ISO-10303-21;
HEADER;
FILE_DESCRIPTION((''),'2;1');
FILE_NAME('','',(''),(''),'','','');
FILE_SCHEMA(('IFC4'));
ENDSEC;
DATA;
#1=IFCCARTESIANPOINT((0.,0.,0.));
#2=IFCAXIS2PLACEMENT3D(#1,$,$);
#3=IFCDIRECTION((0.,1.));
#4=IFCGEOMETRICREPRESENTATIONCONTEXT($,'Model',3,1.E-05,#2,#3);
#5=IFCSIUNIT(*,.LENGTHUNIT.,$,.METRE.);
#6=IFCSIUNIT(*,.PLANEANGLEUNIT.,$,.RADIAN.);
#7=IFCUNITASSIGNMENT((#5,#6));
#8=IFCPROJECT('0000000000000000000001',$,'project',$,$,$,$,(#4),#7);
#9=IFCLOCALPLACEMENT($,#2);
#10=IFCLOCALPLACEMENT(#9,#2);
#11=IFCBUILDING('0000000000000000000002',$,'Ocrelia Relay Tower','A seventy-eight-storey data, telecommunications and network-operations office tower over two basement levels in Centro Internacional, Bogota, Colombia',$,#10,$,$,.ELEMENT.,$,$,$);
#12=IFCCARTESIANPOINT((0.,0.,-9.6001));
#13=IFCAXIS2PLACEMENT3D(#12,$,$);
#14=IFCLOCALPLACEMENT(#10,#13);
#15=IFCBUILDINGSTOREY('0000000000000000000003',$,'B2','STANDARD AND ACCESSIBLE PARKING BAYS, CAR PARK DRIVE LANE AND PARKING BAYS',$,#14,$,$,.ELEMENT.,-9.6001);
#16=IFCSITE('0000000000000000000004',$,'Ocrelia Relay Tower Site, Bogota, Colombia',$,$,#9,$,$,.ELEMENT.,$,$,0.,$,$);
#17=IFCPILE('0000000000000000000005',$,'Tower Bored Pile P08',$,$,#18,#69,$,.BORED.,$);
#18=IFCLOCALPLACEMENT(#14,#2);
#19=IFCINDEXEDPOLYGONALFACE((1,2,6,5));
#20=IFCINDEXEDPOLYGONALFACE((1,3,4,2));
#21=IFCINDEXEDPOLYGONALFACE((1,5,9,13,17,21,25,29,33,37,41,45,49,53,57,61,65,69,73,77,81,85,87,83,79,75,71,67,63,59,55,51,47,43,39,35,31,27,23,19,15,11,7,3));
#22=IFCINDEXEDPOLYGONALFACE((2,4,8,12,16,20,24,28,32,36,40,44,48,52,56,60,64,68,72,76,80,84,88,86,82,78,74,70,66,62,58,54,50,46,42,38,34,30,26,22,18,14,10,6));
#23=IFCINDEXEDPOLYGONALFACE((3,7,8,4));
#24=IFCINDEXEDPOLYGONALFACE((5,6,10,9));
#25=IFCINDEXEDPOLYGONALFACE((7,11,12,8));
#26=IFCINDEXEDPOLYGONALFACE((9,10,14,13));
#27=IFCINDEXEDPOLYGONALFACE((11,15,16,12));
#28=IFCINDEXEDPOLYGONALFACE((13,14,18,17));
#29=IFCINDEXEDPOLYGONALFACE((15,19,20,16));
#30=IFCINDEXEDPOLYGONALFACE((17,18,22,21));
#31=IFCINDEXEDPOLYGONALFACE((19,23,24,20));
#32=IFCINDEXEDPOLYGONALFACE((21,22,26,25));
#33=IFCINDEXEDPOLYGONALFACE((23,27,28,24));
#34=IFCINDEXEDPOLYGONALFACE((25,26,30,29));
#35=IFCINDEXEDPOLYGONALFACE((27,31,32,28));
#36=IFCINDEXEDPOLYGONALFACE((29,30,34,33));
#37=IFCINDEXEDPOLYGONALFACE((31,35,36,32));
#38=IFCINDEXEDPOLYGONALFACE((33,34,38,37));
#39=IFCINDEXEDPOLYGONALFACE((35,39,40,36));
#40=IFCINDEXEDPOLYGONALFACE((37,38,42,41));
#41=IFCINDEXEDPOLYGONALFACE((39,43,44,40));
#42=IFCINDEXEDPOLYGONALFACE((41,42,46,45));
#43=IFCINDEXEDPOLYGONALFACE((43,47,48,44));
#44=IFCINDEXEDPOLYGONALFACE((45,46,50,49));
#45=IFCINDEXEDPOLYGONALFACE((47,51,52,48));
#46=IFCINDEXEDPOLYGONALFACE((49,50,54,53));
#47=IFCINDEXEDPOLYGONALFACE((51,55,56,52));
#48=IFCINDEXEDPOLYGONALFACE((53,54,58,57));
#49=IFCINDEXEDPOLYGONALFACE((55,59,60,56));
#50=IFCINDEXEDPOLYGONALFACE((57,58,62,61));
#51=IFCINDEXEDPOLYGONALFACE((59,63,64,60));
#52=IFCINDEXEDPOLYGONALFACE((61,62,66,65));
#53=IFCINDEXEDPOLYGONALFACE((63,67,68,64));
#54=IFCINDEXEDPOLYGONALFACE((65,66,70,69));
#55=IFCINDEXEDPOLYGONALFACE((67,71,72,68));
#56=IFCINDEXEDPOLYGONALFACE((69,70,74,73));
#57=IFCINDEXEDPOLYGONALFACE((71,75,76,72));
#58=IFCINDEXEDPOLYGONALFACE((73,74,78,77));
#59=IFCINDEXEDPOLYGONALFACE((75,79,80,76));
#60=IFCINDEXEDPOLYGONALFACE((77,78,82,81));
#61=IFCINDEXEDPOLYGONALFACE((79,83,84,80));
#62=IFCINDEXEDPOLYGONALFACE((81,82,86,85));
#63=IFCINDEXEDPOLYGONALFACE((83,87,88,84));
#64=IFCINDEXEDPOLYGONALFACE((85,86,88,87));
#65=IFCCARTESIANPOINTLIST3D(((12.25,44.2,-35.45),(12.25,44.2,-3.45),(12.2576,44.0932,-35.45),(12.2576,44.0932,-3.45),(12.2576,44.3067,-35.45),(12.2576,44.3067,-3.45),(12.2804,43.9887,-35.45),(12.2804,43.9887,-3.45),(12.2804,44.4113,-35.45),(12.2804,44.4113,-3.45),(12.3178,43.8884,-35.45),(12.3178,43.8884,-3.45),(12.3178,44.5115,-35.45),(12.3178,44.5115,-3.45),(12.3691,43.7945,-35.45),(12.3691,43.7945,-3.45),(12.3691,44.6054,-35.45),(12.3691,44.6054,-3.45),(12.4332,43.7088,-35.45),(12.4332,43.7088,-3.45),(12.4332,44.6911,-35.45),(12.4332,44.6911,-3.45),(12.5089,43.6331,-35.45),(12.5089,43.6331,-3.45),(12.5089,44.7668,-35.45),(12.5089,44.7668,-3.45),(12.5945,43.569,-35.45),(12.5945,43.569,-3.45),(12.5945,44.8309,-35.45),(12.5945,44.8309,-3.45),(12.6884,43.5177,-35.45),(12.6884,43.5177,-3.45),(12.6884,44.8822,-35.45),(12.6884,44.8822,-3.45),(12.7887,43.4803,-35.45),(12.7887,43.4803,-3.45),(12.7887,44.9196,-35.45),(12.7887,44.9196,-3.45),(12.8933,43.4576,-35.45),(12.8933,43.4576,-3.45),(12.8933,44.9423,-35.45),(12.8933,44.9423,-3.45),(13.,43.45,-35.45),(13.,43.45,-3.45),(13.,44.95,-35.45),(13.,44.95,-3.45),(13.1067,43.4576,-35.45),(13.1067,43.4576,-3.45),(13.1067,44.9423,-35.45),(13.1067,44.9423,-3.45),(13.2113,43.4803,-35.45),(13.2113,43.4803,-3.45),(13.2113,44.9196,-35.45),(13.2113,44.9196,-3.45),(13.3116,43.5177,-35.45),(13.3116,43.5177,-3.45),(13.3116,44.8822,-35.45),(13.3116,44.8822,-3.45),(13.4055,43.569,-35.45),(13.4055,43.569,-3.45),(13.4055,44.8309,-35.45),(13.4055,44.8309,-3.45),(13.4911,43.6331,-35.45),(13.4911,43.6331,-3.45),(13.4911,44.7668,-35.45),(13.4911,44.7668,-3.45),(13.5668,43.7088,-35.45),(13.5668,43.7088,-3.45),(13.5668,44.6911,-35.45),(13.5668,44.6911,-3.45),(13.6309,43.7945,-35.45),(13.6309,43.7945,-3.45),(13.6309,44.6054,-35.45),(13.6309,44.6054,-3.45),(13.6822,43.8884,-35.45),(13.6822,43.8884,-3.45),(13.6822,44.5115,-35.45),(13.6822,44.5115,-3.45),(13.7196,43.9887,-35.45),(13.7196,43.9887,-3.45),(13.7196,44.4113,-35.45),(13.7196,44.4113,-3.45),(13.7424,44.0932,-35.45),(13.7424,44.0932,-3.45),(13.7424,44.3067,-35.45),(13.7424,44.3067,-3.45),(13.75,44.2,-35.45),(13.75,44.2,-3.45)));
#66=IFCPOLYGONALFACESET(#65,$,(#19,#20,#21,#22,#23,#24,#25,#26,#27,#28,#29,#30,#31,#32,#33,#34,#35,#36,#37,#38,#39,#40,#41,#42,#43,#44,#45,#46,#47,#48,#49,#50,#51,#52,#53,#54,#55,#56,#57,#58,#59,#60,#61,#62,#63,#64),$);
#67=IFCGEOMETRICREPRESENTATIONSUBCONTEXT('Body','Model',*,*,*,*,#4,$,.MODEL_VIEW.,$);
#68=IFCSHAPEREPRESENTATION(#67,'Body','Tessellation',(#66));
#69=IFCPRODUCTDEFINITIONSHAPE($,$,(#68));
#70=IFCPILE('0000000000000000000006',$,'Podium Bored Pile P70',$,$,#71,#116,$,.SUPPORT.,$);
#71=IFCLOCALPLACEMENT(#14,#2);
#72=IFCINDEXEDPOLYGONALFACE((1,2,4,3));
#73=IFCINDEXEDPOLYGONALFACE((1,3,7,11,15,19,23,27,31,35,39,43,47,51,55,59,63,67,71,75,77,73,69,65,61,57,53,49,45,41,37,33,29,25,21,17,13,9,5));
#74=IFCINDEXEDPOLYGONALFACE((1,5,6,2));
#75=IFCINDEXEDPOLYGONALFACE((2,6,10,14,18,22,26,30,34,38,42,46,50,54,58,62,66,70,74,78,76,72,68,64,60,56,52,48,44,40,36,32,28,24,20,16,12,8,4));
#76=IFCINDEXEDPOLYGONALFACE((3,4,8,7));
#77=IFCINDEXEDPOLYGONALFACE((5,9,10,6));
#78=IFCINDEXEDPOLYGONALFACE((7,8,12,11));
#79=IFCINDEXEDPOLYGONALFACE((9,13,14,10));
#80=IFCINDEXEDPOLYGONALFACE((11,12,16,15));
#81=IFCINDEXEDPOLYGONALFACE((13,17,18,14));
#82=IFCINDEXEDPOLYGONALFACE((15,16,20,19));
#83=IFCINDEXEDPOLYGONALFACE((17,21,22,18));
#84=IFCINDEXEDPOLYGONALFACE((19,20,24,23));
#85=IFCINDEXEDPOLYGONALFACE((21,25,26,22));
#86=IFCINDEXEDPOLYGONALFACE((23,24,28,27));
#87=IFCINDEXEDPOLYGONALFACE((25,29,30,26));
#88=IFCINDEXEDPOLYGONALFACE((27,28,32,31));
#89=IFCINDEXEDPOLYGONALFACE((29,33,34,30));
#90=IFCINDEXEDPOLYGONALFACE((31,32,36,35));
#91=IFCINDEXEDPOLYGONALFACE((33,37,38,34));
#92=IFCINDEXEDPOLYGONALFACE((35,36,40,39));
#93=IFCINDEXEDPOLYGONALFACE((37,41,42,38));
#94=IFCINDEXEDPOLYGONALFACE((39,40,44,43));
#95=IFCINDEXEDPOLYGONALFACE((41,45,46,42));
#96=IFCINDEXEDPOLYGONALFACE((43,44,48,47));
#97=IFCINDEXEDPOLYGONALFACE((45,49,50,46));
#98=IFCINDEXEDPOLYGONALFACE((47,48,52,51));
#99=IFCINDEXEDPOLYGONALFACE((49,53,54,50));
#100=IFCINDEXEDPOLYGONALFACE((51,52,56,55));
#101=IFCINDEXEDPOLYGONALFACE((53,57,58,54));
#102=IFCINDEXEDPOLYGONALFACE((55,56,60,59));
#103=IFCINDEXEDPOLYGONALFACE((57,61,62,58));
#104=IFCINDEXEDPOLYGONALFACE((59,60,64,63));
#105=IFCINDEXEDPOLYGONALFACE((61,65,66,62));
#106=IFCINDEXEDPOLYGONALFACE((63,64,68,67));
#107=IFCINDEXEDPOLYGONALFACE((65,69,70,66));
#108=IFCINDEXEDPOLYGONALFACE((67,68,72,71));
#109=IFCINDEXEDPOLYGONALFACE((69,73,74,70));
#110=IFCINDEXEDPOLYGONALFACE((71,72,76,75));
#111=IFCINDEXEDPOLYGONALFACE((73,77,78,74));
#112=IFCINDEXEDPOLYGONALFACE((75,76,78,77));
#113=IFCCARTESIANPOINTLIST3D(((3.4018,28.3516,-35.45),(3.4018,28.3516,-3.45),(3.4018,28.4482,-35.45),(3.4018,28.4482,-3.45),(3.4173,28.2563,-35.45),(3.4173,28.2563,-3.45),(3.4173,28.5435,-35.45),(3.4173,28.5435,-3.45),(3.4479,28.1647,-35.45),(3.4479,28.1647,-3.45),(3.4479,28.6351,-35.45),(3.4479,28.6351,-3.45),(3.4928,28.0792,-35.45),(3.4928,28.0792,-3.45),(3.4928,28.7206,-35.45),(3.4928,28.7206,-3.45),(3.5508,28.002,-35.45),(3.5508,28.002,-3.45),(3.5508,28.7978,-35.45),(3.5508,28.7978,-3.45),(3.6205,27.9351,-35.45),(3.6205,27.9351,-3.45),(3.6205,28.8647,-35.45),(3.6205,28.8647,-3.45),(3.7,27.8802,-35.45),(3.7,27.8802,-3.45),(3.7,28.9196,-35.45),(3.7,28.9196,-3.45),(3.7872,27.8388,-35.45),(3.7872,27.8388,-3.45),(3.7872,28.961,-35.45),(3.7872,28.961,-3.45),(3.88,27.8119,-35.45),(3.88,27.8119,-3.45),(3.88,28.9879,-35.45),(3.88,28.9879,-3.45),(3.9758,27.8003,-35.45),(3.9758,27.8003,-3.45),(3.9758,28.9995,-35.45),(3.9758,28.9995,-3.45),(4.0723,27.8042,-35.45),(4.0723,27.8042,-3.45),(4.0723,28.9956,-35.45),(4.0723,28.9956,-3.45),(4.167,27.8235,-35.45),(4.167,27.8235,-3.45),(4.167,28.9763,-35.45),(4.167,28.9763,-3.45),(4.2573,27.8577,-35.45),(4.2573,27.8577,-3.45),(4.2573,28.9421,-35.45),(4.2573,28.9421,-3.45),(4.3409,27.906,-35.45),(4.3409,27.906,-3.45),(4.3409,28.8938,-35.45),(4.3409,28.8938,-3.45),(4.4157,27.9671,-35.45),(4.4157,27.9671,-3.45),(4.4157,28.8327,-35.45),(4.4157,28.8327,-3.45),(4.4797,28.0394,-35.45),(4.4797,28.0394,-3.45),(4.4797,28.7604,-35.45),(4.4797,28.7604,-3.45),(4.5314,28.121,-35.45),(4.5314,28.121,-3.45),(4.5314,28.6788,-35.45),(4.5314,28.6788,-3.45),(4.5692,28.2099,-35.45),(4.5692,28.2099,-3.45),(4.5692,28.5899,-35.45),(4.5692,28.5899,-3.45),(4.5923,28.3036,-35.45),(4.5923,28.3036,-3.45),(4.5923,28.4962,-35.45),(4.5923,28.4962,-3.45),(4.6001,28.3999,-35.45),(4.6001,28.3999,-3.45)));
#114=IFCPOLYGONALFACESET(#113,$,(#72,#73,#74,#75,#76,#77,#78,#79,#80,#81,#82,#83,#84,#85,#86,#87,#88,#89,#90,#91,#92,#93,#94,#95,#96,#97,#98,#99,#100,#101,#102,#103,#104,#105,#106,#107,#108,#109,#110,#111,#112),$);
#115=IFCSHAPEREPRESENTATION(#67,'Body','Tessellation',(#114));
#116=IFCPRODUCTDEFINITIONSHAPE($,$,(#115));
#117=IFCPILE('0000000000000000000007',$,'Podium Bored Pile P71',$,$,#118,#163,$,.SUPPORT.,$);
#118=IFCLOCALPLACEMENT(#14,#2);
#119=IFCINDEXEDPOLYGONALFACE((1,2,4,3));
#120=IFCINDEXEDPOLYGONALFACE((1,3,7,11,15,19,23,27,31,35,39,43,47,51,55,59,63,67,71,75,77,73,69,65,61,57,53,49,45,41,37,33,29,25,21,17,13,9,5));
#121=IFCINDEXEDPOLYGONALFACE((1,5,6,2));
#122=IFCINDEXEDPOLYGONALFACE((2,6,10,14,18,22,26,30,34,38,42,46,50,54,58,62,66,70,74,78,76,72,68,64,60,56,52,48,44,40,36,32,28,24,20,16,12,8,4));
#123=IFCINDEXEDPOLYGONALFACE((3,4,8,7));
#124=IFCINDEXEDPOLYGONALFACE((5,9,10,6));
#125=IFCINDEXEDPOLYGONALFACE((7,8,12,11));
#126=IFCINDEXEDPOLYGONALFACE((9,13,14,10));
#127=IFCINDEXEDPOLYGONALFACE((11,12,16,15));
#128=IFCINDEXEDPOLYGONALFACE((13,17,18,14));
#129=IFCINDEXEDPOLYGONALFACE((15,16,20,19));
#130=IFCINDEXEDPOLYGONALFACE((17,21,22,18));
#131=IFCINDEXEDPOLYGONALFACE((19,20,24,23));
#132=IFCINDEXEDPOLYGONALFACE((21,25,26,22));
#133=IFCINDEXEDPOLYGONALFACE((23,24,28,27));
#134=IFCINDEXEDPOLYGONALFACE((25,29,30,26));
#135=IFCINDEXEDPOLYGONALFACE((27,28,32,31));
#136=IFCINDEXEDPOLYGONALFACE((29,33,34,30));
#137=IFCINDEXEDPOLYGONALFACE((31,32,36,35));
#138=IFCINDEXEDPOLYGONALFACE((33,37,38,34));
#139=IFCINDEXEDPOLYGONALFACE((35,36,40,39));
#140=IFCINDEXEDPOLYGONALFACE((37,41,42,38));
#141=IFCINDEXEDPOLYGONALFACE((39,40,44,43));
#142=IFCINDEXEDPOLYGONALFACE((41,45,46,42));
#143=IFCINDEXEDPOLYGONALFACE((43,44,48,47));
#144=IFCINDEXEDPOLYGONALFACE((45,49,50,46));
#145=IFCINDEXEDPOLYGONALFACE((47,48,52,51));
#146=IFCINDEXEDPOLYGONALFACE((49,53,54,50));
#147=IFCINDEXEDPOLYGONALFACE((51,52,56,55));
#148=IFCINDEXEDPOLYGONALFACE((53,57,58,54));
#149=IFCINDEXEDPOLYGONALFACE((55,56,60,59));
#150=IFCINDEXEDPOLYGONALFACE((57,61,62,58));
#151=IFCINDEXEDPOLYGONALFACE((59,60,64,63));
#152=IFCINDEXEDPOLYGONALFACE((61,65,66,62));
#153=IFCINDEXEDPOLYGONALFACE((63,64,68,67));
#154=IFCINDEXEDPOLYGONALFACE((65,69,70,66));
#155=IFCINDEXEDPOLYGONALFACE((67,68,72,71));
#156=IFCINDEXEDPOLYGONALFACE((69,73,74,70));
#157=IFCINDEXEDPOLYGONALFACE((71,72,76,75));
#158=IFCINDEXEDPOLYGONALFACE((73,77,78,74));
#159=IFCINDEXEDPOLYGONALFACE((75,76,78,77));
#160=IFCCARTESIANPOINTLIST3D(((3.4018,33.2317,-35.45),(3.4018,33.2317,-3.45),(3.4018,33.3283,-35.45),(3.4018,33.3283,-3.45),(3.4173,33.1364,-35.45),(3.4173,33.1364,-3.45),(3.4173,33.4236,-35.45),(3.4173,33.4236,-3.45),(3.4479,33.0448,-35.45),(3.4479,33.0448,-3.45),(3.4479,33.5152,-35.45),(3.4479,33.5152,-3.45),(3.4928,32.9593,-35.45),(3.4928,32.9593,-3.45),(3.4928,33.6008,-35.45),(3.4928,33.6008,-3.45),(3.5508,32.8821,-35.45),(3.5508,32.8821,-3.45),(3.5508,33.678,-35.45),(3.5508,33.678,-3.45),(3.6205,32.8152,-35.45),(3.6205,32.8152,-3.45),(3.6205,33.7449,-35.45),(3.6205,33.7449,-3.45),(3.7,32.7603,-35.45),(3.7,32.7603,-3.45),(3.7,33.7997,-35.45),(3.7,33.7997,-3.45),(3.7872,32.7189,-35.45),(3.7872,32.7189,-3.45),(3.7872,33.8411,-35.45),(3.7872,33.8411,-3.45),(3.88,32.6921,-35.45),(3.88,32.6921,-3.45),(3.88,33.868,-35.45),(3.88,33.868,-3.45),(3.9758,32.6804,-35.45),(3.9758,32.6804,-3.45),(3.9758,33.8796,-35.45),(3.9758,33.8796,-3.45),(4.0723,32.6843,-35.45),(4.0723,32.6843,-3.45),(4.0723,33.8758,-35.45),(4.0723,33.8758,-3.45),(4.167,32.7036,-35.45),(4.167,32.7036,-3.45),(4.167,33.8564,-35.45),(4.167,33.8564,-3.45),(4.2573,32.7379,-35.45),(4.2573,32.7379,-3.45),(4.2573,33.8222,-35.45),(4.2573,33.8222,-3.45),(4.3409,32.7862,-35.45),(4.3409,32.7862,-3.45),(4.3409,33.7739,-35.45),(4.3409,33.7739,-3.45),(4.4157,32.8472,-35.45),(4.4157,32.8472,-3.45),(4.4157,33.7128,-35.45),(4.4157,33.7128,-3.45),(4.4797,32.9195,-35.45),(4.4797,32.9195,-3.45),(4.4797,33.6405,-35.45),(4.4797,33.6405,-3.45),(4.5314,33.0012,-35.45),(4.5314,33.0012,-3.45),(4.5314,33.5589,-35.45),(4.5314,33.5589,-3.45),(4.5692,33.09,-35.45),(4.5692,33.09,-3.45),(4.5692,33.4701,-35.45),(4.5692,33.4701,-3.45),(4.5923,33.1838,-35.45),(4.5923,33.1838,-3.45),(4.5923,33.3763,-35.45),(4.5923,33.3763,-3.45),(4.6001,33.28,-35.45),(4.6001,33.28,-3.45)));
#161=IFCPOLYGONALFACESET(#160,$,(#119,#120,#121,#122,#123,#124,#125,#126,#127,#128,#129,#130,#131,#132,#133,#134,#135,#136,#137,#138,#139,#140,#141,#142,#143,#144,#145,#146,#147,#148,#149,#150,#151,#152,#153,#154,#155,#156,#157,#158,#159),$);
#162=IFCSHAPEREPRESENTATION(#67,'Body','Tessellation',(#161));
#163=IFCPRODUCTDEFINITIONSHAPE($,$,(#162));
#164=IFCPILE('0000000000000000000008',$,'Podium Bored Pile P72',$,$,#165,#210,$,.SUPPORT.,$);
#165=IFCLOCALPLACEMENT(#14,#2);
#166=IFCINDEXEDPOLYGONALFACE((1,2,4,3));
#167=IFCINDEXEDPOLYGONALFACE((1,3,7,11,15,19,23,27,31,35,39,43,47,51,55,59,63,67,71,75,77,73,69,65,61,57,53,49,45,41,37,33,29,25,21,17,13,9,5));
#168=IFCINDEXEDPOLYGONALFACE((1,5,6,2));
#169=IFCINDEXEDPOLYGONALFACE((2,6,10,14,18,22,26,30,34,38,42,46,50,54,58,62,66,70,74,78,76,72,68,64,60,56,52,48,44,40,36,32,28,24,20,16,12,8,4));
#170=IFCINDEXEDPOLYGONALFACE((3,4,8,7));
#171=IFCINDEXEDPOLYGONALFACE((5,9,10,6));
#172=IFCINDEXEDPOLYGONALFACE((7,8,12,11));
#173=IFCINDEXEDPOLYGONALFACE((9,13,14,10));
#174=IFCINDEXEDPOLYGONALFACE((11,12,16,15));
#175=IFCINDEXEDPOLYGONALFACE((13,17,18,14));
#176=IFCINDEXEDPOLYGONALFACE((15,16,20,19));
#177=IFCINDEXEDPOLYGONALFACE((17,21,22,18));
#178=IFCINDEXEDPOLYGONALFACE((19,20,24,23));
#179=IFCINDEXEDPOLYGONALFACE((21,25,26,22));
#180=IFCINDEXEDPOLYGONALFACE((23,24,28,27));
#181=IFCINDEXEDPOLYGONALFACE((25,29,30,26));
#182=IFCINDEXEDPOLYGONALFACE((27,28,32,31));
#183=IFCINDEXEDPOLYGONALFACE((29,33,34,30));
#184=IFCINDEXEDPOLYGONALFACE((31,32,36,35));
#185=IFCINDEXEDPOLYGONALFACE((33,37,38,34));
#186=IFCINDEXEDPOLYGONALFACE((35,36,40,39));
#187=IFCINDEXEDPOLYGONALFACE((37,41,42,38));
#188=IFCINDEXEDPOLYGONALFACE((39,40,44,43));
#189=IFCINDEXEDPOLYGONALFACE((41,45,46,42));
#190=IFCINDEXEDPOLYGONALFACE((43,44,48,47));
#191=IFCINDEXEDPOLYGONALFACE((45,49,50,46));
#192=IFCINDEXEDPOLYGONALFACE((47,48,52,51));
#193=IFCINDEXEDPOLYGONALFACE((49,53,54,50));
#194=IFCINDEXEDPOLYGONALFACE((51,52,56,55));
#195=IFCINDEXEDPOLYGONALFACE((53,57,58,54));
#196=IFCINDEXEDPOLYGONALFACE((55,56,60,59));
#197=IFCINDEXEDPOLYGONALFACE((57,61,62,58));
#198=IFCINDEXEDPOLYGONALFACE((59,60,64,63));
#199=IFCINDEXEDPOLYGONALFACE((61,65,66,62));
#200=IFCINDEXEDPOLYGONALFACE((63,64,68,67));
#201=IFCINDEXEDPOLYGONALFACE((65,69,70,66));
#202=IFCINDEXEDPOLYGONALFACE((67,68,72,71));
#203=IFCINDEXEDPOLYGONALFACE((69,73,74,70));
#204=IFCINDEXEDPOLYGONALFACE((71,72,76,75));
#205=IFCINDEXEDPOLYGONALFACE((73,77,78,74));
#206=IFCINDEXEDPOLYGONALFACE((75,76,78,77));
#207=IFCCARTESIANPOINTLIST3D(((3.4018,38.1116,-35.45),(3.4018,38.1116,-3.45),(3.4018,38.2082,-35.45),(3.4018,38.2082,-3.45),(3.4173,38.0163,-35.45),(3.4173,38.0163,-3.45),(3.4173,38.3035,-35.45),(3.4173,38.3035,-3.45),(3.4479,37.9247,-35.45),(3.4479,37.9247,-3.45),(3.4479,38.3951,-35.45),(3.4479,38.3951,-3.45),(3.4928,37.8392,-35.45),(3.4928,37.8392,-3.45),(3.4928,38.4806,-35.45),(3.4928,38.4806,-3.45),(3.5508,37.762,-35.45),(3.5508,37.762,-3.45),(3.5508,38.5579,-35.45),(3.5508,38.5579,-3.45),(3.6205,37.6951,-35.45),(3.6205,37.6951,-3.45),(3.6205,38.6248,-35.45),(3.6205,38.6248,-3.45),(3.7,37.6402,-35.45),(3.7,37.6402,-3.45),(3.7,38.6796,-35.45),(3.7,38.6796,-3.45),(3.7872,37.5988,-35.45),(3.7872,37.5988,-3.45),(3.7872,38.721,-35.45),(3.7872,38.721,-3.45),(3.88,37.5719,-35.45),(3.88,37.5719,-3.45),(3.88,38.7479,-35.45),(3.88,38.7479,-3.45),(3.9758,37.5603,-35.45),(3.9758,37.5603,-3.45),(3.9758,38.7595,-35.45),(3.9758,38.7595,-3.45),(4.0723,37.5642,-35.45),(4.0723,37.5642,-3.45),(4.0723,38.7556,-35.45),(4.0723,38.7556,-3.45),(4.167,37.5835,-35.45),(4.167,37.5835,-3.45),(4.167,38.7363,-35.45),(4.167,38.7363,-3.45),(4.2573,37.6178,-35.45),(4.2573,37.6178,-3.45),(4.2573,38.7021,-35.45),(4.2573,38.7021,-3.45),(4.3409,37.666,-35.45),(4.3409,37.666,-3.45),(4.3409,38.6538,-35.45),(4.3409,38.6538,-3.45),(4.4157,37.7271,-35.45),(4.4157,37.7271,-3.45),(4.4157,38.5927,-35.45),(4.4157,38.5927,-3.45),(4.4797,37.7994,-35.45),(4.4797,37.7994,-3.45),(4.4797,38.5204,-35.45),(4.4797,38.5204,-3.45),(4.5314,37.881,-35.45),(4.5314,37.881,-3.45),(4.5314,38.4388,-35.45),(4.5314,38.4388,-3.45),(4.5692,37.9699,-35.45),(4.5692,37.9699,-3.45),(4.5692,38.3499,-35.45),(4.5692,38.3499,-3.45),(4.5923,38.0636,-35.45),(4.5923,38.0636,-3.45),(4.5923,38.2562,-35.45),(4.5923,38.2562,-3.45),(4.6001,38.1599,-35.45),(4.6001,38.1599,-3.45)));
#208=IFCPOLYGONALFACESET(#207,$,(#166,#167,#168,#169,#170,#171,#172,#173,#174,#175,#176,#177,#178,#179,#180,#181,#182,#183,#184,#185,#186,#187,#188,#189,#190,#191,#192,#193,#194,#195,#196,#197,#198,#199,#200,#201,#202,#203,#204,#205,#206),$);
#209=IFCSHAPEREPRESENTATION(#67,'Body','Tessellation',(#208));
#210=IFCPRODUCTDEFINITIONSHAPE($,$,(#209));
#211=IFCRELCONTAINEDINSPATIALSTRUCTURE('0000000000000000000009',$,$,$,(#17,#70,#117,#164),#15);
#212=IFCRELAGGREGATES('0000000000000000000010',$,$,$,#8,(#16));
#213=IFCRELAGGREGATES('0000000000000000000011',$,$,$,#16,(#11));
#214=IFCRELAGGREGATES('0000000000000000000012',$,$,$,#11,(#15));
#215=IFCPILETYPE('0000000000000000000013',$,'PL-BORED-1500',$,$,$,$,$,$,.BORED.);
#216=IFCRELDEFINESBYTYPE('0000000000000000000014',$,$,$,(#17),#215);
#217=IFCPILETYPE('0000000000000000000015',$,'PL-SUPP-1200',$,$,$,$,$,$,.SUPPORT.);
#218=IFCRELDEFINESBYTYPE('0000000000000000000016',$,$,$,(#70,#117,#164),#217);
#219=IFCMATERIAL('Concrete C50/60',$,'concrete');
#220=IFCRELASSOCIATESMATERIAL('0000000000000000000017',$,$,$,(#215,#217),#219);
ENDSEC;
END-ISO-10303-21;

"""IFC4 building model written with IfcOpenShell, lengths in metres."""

from ifc_helpers import new_model, si_unit, direction, frame, origin, origin_2d, place, context, subcontext, project, spatial, circle, extrude, material, material_profile, profile_set, type_object, element, save


model = new_model("IFC4")

# Units and contexts
model_context = context("Model", 3, precision=1e-05, world=origin(), true_north=direction((0.0, 1.0)))
body_context = subcontext(model_context, "Body", "Model", "MODEL_VIEW")
ifc_project = project(units=[si_unit("LENGTHUNIT", "METRE"), si_unit("PLANEANGLEUNIT", "RADIAN")], contexts=[model_context])

# Site, building, storey
site_placement = place(None, origin())
site = spatial("IfcSite", under=ifc_project, at=site_placement, Name="Ocrelia Relay Tower Site, Bogota, Colombia", CompositionType="ELEMENT", RefElevation=0.0)
building_placement = place(site_placement, origin())
building = spatial("IfcBuilding", under=site, at=building_placement, Name="Ocrelia Relay Tower", Description="A seventy-eight-storey data, telecommunications and network-operations office tower over two basement levels in Centro Internacional, Bogota, Colombia", CompositionType="ELEMENT")
storey_placement = place(building_placement, frame((0.0, 0.0, -9.6001)))
storey = spatial("IfcBuildingStorey", under=building, at=storey_placement, Name="B2", Description="STANDARD AND ACCESSIBLE PARKING BAYS, CAR PARK DRIVE LANE AND PARKING BAYS", CompositionType="ELEMENT", Elevation=-9.6001)

# Piles
ifc_material_1 = material(Name="Concrete C50/60", Category="concrete")
ifc_material_profile_1 = material_profile(ifc_material_1, circle(Radius=0.75, at=origin_2d()), Name="PILE-1500")
ifc_profile_set_1 = profile_set([ifc_material_profile_1], Name="Concrete C50/60")
pile_type_1 = type_object("IfcPileType", Name="PL-BORED-1500", PredefinedType="BORED", material=ifc_profile_set_1)
for number, where, z_axis, x_axis, name in (
    (1, (13.0, 44.2, -3.45), (0.0, 0.0, -1.0), (1.0, 0.0, 0.0), "Tower Bored Pile P08"),
):
    element("IfcPile", number, at=place(storey_placement, frame(where, z_axis=z_axis, x_axis=x_axis)), inside=storey, type_object=pile_type_1, Name=name, PredefinedType="BORED", context=body_context, shape_type="SweptSolid", body=[
        extrude(circle(Radius=0.75, at=origin_2d()), origin(), (0.0, 0.0, 1.0), 32.0),
    ])
ifc_material_profile_2 = material_profile(ifc_material_1, circle(Radius=0.6001, at=origin_2d()), Name="PILE-1200")
ifc_profile_set_2 = profile_set([ifc_material_profile_2], Name="Concrete C50/60")
pile_type_2 = type_object("IfcPileType", Name="PL-SUPP-1200", PredefinedType="SUPPORT", material=ifc_profile_set_2)
for number, where, z_axis, x_axis, name in (
    (2, (4.0, 28.3999, -3.45), (0.0, 0.0, -1.0), (1.0, 0.0, 0.0), "Podium Bored Pile P70"),
    (3, (4.0, 33.28, -3.45), (0.0, 0.0, -1.0), (1.0, 0.0, 0.0), "Podium Bored Pile P71"),
    (4, (4.0, 38.1599, -3.45), (0.0, 0.0, -1.0), (1.0, 0.0, 0.0), "Podium Bored Pile P72"),
):
    element("IfcPile", number, at=place(storey_placement, frame(where, z_axis=z_axis, x_axis=x_axis)), inside=storey, type_object=pile_type_2, Name=name, PredefinedType="SUPPORT", context=body_context, shape_type="SweptSolid", body=[
        extrude(circle(Radius=0.6001, at=origin_2d()), origin(), (0.0, 0.0, 1.0), 32.0),
    ])

save(model, "model.ifc")
